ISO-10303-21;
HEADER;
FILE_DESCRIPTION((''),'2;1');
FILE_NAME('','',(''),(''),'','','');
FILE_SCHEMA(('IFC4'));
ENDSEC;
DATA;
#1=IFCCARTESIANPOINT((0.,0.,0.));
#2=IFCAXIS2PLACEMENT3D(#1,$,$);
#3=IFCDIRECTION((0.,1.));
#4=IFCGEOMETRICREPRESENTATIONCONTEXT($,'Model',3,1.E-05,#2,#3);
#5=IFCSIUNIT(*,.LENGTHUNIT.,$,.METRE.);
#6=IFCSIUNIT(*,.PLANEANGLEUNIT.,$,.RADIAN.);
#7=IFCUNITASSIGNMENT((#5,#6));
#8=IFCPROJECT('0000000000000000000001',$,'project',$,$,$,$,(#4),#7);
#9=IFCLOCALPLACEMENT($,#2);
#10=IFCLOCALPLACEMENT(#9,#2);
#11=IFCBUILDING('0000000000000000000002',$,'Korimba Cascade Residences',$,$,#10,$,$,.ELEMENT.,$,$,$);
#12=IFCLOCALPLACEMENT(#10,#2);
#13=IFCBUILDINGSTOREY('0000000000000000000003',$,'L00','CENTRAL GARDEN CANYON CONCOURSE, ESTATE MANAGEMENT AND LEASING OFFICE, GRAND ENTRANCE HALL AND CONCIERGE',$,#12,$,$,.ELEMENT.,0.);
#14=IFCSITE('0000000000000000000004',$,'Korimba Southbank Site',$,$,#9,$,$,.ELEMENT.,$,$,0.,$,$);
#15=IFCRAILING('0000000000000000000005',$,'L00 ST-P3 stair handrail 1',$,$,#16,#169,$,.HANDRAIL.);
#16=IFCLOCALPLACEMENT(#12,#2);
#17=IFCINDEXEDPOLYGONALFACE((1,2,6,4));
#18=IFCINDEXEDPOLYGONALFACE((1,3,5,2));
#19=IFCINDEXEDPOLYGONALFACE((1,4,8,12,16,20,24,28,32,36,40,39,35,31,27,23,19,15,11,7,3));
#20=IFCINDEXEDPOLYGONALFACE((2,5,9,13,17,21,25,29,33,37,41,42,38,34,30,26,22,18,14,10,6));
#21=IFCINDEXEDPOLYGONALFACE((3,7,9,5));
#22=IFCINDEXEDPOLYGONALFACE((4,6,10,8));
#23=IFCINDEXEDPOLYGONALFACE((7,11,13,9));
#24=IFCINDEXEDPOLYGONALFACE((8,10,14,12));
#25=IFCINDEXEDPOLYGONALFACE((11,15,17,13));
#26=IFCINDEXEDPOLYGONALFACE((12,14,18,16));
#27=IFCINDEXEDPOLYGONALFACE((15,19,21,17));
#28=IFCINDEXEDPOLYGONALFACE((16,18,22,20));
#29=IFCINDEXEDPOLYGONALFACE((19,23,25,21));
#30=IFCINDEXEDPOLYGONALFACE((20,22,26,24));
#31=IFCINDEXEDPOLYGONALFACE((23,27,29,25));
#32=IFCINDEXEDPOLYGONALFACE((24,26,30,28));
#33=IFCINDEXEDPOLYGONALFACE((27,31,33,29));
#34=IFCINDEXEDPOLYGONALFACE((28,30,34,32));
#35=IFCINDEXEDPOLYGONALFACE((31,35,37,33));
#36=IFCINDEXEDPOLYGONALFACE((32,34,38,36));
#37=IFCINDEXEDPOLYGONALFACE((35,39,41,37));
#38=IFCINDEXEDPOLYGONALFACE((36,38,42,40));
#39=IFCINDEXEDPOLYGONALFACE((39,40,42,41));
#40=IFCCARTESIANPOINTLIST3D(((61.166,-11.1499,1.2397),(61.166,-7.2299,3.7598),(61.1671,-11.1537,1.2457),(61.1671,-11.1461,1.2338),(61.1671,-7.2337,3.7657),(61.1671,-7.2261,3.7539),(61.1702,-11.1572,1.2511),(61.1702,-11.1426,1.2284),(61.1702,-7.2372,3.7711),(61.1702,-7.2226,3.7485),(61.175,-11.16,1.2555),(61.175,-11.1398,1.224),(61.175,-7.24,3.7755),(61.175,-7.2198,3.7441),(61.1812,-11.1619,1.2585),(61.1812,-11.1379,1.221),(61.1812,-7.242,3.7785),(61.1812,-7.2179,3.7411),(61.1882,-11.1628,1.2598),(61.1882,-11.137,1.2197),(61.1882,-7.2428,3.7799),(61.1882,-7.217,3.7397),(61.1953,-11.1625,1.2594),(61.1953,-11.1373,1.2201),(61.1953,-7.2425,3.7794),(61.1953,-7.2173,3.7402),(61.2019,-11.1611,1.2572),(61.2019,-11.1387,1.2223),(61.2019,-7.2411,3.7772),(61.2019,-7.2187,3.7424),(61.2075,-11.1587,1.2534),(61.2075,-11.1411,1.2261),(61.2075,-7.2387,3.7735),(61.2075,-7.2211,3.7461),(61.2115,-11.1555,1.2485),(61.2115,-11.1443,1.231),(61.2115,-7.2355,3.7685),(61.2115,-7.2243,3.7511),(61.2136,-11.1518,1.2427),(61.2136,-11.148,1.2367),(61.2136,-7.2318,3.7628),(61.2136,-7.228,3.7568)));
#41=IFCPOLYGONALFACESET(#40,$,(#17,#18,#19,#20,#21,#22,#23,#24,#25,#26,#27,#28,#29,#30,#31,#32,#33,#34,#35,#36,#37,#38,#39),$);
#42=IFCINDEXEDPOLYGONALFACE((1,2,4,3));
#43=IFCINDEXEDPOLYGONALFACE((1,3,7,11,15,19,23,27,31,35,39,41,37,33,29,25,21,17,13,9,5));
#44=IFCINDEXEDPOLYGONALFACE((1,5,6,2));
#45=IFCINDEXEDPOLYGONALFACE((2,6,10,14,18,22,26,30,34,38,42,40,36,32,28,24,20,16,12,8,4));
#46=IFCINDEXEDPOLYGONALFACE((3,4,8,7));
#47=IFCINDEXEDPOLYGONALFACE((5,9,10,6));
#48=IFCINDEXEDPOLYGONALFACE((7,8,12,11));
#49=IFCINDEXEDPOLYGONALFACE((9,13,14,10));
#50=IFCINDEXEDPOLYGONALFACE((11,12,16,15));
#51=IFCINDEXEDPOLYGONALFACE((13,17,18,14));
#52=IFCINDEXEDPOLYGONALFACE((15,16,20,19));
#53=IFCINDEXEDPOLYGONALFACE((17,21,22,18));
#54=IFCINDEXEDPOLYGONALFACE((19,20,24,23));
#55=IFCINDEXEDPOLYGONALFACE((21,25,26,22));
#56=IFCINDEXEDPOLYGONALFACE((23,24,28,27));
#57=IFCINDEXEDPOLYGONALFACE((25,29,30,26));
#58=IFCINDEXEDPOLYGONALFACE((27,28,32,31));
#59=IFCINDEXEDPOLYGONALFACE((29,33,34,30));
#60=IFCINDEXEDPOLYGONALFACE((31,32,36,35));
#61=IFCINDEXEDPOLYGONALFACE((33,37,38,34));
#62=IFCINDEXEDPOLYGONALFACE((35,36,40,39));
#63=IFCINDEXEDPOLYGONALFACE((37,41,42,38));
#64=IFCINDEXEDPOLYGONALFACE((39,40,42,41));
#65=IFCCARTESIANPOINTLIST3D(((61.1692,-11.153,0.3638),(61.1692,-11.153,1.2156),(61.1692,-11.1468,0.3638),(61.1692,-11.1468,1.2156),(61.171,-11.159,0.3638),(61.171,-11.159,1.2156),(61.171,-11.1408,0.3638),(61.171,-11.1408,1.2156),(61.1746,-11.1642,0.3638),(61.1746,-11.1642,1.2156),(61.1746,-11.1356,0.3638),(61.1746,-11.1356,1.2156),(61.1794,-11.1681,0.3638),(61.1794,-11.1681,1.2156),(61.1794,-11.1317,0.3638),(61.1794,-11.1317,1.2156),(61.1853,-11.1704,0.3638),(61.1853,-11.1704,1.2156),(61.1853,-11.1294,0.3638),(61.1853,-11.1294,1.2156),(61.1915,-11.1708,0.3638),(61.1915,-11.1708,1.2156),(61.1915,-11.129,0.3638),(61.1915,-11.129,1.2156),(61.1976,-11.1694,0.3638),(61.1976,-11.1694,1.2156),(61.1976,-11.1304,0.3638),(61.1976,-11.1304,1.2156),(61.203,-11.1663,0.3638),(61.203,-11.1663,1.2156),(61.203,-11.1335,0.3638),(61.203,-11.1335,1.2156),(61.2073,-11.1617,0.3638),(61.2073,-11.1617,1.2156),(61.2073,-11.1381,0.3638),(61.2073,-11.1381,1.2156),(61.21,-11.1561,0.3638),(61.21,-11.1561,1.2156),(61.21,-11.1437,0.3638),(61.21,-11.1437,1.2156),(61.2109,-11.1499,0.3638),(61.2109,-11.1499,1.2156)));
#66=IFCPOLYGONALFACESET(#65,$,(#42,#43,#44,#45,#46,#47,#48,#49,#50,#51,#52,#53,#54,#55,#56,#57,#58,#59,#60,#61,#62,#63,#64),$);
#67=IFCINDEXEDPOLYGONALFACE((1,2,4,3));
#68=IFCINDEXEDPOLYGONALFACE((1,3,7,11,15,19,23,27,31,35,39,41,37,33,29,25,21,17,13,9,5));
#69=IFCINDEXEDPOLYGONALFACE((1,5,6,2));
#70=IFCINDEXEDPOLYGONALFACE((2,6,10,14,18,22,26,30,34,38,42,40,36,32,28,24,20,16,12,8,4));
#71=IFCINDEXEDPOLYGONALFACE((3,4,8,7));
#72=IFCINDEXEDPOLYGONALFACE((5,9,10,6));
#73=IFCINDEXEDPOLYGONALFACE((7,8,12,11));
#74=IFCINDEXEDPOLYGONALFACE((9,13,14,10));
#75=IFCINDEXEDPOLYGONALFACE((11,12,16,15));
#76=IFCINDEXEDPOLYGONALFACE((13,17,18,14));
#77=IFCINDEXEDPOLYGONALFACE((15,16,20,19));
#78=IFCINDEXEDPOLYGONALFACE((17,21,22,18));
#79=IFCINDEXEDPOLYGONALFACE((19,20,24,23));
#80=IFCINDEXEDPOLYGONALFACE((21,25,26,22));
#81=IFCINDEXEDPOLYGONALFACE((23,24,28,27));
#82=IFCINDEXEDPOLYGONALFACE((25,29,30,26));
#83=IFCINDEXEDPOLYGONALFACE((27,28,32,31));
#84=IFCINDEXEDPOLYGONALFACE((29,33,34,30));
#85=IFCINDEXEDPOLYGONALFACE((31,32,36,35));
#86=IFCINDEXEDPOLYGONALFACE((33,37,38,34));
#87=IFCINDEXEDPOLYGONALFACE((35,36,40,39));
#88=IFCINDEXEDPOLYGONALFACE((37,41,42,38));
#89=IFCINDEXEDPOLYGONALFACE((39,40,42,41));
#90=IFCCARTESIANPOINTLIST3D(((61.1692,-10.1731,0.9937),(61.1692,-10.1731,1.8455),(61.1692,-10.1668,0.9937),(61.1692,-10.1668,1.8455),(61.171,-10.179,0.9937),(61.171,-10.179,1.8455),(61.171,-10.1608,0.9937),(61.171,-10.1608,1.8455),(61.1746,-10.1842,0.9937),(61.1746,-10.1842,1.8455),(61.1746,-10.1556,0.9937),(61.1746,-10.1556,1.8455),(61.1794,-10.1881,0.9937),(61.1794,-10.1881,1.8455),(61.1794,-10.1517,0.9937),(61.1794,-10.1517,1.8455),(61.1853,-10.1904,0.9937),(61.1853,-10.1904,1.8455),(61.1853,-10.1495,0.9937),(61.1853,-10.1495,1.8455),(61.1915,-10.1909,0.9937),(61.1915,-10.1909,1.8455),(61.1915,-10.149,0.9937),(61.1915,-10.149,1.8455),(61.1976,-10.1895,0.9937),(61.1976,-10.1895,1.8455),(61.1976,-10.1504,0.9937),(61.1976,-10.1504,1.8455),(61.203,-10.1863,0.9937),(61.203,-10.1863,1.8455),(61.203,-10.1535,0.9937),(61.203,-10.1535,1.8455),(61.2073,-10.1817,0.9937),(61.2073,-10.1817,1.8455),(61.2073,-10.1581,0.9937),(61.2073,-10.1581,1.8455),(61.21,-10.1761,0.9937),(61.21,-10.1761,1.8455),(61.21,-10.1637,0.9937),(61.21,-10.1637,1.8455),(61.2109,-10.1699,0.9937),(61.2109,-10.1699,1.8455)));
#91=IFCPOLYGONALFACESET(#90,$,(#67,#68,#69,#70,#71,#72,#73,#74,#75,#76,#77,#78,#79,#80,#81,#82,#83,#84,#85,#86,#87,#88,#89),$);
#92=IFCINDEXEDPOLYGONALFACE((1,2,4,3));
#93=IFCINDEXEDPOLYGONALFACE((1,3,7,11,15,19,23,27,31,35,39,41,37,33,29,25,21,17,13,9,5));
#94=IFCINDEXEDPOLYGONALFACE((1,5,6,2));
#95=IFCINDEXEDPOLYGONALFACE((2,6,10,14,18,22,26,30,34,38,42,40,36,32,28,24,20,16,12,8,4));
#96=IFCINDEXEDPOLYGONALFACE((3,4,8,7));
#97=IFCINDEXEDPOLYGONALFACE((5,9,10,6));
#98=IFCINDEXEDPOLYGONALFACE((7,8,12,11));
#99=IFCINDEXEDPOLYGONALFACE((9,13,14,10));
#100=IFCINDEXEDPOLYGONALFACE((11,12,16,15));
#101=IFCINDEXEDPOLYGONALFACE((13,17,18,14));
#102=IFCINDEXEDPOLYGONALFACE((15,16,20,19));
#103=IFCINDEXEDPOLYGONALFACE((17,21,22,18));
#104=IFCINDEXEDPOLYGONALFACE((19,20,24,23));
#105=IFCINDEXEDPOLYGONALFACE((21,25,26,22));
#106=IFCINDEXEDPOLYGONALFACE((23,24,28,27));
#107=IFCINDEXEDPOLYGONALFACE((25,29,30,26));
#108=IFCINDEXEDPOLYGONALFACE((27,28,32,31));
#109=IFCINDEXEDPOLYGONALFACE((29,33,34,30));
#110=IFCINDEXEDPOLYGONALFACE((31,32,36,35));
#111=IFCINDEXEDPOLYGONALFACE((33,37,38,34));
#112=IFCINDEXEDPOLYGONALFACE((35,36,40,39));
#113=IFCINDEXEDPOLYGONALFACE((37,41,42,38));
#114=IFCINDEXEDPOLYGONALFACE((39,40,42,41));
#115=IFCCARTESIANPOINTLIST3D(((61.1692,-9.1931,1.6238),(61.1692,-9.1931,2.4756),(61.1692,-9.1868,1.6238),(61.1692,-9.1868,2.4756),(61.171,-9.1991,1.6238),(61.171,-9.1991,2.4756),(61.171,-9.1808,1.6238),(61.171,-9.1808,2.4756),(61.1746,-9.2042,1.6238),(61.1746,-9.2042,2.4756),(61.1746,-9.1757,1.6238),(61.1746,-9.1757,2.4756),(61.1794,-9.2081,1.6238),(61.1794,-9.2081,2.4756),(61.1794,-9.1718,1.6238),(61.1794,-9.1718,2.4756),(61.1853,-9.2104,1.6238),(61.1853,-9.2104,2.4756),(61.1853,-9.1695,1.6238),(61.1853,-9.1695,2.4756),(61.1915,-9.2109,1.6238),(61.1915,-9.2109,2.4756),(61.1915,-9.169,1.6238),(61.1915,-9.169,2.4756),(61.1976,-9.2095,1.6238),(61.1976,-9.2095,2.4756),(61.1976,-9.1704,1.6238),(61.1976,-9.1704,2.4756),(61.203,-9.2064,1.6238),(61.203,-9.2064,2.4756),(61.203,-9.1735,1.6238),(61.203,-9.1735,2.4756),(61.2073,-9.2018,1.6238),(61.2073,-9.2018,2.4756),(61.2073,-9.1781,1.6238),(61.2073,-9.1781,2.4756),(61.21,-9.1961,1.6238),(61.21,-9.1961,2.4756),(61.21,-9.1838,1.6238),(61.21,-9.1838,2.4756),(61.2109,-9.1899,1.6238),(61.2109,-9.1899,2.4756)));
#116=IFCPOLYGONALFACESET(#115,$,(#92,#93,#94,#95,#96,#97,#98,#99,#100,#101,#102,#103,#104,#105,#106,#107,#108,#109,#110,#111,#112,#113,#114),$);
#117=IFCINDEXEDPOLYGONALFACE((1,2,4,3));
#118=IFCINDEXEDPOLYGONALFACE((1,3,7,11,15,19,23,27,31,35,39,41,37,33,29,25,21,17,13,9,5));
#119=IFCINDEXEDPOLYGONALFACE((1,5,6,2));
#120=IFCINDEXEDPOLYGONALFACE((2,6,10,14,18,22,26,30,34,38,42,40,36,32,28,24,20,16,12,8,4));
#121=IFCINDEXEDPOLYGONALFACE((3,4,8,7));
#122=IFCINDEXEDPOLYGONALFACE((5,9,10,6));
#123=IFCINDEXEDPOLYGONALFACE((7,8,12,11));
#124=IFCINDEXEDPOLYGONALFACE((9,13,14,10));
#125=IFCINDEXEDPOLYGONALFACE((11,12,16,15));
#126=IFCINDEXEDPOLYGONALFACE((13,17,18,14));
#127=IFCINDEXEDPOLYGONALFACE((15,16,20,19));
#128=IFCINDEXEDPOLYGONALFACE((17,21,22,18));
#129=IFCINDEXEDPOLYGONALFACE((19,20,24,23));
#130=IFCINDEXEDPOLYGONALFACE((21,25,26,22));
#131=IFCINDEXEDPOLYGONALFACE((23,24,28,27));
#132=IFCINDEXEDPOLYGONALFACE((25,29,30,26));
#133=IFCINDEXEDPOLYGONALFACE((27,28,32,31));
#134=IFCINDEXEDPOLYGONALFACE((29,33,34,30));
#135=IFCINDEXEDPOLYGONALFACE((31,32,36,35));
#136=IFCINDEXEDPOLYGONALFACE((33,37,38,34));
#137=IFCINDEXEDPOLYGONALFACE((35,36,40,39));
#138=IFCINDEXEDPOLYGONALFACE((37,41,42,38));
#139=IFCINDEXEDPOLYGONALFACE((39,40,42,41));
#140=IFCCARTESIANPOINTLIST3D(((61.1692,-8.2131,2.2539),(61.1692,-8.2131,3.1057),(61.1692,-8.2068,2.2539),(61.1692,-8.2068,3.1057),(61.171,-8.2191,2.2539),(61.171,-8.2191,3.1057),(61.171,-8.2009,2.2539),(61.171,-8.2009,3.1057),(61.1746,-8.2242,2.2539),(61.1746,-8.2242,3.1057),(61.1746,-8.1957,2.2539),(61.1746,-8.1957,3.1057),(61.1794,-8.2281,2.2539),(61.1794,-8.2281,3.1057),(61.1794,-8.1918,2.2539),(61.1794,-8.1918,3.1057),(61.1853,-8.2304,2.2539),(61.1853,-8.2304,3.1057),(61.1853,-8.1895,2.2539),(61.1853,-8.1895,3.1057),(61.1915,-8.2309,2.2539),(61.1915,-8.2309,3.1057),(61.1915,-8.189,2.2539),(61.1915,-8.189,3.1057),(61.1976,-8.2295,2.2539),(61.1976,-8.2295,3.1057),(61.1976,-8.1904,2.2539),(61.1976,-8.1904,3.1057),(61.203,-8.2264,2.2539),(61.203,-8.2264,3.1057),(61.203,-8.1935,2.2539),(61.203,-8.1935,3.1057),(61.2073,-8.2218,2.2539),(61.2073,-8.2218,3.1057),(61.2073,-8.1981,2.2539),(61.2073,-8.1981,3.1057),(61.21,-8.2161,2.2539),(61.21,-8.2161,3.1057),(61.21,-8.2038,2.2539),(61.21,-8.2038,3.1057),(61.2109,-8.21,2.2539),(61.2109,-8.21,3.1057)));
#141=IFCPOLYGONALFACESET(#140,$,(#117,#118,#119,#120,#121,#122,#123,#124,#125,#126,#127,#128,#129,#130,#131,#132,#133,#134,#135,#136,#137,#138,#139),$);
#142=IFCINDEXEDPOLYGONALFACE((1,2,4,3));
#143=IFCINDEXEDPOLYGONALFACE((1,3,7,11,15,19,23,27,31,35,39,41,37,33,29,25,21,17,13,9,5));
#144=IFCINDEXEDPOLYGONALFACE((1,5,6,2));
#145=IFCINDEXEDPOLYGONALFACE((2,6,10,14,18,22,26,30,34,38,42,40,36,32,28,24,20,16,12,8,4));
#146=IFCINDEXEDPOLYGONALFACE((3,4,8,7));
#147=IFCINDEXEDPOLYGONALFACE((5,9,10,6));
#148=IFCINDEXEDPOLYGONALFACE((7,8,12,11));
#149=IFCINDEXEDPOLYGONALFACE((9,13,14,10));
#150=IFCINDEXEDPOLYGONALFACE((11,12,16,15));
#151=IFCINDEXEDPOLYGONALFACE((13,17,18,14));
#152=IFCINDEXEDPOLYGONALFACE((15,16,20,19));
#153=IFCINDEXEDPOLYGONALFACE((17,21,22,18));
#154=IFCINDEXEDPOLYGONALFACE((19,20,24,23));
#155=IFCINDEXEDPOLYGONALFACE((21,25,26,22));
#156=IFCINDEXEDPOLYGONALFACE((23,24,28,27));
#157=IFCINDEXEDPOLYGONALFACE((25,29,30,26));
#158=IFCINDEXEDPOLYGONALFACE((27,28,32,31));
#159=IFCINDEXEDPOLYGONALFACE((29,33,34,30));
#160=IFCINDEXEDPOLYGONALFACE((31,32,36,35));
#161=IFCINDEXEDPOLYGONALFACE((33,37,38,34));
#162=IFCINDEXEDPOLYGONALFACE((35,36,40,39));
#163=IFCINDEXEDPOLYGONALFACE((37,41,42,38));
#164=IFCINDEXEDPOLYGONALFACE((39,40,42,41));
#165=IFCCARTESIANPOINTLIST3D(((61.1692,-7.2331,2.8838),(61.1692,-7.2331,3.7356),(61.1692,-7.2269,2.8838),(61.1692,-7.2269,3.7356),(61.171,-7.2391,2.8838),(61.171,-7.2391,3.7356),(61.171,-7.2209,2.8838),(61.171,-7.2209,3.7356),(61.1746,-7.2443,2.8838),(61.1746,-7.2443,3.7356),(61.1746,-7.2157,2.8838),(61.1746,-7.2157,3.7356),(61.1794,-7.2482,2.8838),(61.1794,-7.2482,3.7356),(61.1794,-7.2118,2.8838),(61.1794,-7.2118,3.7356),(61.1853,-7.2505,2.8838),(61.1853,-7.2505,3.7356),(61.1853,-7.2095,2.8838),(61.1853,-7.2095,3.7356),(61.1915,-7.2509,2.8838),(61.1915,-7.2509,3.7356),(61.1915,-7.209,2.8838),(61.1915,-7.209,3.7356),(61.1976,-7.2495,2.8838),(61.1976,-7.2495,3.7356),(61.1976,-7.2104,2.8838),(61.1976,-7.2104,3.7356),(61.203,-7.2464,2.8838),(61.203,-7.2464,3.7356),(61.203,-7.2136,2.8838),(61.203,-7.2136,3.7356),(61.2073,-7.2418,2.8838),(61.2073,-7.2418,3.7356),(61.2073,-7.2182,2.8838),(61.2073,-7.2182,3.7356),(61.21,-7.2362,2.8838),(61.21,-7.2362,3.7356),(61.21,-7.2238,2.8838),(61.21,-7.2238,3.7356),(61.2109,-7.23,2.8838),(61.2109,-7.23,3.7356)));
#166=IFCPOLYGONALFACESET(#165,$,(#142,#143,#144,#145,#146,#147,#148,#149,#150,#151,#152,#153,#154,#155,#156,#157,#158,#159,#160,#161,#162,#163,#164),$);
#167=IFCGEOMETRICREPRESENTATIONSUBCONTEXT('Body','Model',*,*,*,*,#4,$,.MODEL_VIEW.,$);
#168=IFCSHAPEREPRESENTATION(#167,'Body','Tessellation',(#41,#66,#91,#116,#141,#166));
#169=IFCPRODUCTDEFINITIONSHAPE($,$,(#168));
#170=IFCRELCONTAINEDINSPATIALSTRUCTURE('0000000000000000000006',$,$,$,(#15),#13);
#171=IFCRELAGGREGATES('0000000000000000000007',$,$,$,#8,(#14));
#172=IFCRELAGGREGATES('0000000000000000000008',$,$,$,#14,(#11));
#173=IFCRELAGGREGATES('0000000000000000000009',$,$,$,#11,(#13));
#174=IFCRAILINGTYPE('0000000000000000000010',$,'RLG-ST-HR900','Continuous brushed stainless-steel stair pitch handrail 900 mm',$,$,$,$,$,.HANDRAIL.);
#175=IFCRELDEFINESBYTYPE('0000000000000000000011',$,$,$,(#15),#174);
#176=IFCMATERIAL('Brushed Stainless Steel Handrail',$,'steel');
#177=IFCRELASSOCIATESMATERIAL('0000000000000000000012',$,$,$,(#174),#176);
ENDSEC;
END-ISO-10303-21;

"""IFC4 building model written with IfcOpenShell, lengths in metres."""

from ifc_helpers import new_model, si_unit, direction, frame, origin, origin_2d, place, context, subcontext, project, spatial, circle, extrude, material, type_object, element, save


model = new_model("IFC4")

# Units and contexts
model_context = context("Model", 3, precision=1e-05, world=origin(), true_north=direction((0.0, 1.0)))
body_context = subcontext(model_context, "Body", "Model", "MODEL_VIEW")
ifc_project = project(units=[si_unit("LENGTHUNIT", "METRE"), si_unit("PLANEANGLEUNIT", "RADIAN")], contexts=[model_context])

# Site, building, storey
site_placement = place(None, origin())
site = spatial("IfcSite", under=ifc_project, at=site_placement, Name="Korimba Southbank Site", CompositionType="ELEMENT", RefElevation=0.0)
building_placement = place(site_placement, origin())
building = spatial("IfcBuilding", under=site, at=building_placement, Name="Korimba Cascade Residences", CompositionType="ELEMENT")
storey_placement = place(building_placement, origin())
storey = spatial("IfcBuildingStorey", under=building, at=storey_placement, Name="L00", Description="CENTRAL GARDEN CANYON CONCOURSE, ESTATE MANAGEMENT AND LEASING OFFICE, GRAND ENTRANCE HALL AND CONCIERGE", CompositionType="ELEMENT", Elevation=0.0)

# Railing
ifc_material_1 = material(Name="Brushed Stainless Steel Handrail", Category="steel")
railing_type_1 = type_object("IfcRailingType", Name="RLG-ST-HR900", Description="Continuous brushed stainless-steel stair pitch handrail 900 mm", PredefinedType="HANDRAIL", material=ifc_material_1)
railing_1_placement = place(storey_placement, frame((61.1899, -11.1499, 0.3638)))
element("IfcRailing", 1, at=railing_1_placement, inside=storey, type_object=railing_type_1, Name="L00 ST-P3 stair handrail 1", PredefinedType="HANDRAIL", context=body_context, shape_type="SweptSolid", body=[
    extrude(circle(Radius=0.0239, at=origin_2d()), frame((0.0, 0.0, 0.876), z_axis=(0.0, 0.841172, 0.540768), x_axis=(-1.0, 0.0, 0.0)), (0.0, 0.0, 1.0), 4.6602),
    extrude(circle(Radius=0.021, at=origin_2d()), origin(), (0.0, 0.0, 1.0), 0.8518),
    extrude(circle(Radius=0.021, at=origin_2d()), frame((0.0, 0.98, 0.6299)), (0.0, 0.0, 1.0), 0.8518),
    extrude(circle(Radius=0.021, at=origin_2d()), frame((0.0, 1.96, 1.26)), (0.0, 0.0, 1.0), 0.8518),
    extrude(circle(Radius=0.021, at=origin_2d()), frame((0.0, 2.9399, 1.8901)), (0.0, 0.0, 1.0), 0.8518),
    extrude(circle(Radius=0.021, at=origin_2d()), frame((0.0, 3.9199, 2.52)), (0.0, 0.0, 1.0), 0.8518),
])

save(model, "model.ifc")
